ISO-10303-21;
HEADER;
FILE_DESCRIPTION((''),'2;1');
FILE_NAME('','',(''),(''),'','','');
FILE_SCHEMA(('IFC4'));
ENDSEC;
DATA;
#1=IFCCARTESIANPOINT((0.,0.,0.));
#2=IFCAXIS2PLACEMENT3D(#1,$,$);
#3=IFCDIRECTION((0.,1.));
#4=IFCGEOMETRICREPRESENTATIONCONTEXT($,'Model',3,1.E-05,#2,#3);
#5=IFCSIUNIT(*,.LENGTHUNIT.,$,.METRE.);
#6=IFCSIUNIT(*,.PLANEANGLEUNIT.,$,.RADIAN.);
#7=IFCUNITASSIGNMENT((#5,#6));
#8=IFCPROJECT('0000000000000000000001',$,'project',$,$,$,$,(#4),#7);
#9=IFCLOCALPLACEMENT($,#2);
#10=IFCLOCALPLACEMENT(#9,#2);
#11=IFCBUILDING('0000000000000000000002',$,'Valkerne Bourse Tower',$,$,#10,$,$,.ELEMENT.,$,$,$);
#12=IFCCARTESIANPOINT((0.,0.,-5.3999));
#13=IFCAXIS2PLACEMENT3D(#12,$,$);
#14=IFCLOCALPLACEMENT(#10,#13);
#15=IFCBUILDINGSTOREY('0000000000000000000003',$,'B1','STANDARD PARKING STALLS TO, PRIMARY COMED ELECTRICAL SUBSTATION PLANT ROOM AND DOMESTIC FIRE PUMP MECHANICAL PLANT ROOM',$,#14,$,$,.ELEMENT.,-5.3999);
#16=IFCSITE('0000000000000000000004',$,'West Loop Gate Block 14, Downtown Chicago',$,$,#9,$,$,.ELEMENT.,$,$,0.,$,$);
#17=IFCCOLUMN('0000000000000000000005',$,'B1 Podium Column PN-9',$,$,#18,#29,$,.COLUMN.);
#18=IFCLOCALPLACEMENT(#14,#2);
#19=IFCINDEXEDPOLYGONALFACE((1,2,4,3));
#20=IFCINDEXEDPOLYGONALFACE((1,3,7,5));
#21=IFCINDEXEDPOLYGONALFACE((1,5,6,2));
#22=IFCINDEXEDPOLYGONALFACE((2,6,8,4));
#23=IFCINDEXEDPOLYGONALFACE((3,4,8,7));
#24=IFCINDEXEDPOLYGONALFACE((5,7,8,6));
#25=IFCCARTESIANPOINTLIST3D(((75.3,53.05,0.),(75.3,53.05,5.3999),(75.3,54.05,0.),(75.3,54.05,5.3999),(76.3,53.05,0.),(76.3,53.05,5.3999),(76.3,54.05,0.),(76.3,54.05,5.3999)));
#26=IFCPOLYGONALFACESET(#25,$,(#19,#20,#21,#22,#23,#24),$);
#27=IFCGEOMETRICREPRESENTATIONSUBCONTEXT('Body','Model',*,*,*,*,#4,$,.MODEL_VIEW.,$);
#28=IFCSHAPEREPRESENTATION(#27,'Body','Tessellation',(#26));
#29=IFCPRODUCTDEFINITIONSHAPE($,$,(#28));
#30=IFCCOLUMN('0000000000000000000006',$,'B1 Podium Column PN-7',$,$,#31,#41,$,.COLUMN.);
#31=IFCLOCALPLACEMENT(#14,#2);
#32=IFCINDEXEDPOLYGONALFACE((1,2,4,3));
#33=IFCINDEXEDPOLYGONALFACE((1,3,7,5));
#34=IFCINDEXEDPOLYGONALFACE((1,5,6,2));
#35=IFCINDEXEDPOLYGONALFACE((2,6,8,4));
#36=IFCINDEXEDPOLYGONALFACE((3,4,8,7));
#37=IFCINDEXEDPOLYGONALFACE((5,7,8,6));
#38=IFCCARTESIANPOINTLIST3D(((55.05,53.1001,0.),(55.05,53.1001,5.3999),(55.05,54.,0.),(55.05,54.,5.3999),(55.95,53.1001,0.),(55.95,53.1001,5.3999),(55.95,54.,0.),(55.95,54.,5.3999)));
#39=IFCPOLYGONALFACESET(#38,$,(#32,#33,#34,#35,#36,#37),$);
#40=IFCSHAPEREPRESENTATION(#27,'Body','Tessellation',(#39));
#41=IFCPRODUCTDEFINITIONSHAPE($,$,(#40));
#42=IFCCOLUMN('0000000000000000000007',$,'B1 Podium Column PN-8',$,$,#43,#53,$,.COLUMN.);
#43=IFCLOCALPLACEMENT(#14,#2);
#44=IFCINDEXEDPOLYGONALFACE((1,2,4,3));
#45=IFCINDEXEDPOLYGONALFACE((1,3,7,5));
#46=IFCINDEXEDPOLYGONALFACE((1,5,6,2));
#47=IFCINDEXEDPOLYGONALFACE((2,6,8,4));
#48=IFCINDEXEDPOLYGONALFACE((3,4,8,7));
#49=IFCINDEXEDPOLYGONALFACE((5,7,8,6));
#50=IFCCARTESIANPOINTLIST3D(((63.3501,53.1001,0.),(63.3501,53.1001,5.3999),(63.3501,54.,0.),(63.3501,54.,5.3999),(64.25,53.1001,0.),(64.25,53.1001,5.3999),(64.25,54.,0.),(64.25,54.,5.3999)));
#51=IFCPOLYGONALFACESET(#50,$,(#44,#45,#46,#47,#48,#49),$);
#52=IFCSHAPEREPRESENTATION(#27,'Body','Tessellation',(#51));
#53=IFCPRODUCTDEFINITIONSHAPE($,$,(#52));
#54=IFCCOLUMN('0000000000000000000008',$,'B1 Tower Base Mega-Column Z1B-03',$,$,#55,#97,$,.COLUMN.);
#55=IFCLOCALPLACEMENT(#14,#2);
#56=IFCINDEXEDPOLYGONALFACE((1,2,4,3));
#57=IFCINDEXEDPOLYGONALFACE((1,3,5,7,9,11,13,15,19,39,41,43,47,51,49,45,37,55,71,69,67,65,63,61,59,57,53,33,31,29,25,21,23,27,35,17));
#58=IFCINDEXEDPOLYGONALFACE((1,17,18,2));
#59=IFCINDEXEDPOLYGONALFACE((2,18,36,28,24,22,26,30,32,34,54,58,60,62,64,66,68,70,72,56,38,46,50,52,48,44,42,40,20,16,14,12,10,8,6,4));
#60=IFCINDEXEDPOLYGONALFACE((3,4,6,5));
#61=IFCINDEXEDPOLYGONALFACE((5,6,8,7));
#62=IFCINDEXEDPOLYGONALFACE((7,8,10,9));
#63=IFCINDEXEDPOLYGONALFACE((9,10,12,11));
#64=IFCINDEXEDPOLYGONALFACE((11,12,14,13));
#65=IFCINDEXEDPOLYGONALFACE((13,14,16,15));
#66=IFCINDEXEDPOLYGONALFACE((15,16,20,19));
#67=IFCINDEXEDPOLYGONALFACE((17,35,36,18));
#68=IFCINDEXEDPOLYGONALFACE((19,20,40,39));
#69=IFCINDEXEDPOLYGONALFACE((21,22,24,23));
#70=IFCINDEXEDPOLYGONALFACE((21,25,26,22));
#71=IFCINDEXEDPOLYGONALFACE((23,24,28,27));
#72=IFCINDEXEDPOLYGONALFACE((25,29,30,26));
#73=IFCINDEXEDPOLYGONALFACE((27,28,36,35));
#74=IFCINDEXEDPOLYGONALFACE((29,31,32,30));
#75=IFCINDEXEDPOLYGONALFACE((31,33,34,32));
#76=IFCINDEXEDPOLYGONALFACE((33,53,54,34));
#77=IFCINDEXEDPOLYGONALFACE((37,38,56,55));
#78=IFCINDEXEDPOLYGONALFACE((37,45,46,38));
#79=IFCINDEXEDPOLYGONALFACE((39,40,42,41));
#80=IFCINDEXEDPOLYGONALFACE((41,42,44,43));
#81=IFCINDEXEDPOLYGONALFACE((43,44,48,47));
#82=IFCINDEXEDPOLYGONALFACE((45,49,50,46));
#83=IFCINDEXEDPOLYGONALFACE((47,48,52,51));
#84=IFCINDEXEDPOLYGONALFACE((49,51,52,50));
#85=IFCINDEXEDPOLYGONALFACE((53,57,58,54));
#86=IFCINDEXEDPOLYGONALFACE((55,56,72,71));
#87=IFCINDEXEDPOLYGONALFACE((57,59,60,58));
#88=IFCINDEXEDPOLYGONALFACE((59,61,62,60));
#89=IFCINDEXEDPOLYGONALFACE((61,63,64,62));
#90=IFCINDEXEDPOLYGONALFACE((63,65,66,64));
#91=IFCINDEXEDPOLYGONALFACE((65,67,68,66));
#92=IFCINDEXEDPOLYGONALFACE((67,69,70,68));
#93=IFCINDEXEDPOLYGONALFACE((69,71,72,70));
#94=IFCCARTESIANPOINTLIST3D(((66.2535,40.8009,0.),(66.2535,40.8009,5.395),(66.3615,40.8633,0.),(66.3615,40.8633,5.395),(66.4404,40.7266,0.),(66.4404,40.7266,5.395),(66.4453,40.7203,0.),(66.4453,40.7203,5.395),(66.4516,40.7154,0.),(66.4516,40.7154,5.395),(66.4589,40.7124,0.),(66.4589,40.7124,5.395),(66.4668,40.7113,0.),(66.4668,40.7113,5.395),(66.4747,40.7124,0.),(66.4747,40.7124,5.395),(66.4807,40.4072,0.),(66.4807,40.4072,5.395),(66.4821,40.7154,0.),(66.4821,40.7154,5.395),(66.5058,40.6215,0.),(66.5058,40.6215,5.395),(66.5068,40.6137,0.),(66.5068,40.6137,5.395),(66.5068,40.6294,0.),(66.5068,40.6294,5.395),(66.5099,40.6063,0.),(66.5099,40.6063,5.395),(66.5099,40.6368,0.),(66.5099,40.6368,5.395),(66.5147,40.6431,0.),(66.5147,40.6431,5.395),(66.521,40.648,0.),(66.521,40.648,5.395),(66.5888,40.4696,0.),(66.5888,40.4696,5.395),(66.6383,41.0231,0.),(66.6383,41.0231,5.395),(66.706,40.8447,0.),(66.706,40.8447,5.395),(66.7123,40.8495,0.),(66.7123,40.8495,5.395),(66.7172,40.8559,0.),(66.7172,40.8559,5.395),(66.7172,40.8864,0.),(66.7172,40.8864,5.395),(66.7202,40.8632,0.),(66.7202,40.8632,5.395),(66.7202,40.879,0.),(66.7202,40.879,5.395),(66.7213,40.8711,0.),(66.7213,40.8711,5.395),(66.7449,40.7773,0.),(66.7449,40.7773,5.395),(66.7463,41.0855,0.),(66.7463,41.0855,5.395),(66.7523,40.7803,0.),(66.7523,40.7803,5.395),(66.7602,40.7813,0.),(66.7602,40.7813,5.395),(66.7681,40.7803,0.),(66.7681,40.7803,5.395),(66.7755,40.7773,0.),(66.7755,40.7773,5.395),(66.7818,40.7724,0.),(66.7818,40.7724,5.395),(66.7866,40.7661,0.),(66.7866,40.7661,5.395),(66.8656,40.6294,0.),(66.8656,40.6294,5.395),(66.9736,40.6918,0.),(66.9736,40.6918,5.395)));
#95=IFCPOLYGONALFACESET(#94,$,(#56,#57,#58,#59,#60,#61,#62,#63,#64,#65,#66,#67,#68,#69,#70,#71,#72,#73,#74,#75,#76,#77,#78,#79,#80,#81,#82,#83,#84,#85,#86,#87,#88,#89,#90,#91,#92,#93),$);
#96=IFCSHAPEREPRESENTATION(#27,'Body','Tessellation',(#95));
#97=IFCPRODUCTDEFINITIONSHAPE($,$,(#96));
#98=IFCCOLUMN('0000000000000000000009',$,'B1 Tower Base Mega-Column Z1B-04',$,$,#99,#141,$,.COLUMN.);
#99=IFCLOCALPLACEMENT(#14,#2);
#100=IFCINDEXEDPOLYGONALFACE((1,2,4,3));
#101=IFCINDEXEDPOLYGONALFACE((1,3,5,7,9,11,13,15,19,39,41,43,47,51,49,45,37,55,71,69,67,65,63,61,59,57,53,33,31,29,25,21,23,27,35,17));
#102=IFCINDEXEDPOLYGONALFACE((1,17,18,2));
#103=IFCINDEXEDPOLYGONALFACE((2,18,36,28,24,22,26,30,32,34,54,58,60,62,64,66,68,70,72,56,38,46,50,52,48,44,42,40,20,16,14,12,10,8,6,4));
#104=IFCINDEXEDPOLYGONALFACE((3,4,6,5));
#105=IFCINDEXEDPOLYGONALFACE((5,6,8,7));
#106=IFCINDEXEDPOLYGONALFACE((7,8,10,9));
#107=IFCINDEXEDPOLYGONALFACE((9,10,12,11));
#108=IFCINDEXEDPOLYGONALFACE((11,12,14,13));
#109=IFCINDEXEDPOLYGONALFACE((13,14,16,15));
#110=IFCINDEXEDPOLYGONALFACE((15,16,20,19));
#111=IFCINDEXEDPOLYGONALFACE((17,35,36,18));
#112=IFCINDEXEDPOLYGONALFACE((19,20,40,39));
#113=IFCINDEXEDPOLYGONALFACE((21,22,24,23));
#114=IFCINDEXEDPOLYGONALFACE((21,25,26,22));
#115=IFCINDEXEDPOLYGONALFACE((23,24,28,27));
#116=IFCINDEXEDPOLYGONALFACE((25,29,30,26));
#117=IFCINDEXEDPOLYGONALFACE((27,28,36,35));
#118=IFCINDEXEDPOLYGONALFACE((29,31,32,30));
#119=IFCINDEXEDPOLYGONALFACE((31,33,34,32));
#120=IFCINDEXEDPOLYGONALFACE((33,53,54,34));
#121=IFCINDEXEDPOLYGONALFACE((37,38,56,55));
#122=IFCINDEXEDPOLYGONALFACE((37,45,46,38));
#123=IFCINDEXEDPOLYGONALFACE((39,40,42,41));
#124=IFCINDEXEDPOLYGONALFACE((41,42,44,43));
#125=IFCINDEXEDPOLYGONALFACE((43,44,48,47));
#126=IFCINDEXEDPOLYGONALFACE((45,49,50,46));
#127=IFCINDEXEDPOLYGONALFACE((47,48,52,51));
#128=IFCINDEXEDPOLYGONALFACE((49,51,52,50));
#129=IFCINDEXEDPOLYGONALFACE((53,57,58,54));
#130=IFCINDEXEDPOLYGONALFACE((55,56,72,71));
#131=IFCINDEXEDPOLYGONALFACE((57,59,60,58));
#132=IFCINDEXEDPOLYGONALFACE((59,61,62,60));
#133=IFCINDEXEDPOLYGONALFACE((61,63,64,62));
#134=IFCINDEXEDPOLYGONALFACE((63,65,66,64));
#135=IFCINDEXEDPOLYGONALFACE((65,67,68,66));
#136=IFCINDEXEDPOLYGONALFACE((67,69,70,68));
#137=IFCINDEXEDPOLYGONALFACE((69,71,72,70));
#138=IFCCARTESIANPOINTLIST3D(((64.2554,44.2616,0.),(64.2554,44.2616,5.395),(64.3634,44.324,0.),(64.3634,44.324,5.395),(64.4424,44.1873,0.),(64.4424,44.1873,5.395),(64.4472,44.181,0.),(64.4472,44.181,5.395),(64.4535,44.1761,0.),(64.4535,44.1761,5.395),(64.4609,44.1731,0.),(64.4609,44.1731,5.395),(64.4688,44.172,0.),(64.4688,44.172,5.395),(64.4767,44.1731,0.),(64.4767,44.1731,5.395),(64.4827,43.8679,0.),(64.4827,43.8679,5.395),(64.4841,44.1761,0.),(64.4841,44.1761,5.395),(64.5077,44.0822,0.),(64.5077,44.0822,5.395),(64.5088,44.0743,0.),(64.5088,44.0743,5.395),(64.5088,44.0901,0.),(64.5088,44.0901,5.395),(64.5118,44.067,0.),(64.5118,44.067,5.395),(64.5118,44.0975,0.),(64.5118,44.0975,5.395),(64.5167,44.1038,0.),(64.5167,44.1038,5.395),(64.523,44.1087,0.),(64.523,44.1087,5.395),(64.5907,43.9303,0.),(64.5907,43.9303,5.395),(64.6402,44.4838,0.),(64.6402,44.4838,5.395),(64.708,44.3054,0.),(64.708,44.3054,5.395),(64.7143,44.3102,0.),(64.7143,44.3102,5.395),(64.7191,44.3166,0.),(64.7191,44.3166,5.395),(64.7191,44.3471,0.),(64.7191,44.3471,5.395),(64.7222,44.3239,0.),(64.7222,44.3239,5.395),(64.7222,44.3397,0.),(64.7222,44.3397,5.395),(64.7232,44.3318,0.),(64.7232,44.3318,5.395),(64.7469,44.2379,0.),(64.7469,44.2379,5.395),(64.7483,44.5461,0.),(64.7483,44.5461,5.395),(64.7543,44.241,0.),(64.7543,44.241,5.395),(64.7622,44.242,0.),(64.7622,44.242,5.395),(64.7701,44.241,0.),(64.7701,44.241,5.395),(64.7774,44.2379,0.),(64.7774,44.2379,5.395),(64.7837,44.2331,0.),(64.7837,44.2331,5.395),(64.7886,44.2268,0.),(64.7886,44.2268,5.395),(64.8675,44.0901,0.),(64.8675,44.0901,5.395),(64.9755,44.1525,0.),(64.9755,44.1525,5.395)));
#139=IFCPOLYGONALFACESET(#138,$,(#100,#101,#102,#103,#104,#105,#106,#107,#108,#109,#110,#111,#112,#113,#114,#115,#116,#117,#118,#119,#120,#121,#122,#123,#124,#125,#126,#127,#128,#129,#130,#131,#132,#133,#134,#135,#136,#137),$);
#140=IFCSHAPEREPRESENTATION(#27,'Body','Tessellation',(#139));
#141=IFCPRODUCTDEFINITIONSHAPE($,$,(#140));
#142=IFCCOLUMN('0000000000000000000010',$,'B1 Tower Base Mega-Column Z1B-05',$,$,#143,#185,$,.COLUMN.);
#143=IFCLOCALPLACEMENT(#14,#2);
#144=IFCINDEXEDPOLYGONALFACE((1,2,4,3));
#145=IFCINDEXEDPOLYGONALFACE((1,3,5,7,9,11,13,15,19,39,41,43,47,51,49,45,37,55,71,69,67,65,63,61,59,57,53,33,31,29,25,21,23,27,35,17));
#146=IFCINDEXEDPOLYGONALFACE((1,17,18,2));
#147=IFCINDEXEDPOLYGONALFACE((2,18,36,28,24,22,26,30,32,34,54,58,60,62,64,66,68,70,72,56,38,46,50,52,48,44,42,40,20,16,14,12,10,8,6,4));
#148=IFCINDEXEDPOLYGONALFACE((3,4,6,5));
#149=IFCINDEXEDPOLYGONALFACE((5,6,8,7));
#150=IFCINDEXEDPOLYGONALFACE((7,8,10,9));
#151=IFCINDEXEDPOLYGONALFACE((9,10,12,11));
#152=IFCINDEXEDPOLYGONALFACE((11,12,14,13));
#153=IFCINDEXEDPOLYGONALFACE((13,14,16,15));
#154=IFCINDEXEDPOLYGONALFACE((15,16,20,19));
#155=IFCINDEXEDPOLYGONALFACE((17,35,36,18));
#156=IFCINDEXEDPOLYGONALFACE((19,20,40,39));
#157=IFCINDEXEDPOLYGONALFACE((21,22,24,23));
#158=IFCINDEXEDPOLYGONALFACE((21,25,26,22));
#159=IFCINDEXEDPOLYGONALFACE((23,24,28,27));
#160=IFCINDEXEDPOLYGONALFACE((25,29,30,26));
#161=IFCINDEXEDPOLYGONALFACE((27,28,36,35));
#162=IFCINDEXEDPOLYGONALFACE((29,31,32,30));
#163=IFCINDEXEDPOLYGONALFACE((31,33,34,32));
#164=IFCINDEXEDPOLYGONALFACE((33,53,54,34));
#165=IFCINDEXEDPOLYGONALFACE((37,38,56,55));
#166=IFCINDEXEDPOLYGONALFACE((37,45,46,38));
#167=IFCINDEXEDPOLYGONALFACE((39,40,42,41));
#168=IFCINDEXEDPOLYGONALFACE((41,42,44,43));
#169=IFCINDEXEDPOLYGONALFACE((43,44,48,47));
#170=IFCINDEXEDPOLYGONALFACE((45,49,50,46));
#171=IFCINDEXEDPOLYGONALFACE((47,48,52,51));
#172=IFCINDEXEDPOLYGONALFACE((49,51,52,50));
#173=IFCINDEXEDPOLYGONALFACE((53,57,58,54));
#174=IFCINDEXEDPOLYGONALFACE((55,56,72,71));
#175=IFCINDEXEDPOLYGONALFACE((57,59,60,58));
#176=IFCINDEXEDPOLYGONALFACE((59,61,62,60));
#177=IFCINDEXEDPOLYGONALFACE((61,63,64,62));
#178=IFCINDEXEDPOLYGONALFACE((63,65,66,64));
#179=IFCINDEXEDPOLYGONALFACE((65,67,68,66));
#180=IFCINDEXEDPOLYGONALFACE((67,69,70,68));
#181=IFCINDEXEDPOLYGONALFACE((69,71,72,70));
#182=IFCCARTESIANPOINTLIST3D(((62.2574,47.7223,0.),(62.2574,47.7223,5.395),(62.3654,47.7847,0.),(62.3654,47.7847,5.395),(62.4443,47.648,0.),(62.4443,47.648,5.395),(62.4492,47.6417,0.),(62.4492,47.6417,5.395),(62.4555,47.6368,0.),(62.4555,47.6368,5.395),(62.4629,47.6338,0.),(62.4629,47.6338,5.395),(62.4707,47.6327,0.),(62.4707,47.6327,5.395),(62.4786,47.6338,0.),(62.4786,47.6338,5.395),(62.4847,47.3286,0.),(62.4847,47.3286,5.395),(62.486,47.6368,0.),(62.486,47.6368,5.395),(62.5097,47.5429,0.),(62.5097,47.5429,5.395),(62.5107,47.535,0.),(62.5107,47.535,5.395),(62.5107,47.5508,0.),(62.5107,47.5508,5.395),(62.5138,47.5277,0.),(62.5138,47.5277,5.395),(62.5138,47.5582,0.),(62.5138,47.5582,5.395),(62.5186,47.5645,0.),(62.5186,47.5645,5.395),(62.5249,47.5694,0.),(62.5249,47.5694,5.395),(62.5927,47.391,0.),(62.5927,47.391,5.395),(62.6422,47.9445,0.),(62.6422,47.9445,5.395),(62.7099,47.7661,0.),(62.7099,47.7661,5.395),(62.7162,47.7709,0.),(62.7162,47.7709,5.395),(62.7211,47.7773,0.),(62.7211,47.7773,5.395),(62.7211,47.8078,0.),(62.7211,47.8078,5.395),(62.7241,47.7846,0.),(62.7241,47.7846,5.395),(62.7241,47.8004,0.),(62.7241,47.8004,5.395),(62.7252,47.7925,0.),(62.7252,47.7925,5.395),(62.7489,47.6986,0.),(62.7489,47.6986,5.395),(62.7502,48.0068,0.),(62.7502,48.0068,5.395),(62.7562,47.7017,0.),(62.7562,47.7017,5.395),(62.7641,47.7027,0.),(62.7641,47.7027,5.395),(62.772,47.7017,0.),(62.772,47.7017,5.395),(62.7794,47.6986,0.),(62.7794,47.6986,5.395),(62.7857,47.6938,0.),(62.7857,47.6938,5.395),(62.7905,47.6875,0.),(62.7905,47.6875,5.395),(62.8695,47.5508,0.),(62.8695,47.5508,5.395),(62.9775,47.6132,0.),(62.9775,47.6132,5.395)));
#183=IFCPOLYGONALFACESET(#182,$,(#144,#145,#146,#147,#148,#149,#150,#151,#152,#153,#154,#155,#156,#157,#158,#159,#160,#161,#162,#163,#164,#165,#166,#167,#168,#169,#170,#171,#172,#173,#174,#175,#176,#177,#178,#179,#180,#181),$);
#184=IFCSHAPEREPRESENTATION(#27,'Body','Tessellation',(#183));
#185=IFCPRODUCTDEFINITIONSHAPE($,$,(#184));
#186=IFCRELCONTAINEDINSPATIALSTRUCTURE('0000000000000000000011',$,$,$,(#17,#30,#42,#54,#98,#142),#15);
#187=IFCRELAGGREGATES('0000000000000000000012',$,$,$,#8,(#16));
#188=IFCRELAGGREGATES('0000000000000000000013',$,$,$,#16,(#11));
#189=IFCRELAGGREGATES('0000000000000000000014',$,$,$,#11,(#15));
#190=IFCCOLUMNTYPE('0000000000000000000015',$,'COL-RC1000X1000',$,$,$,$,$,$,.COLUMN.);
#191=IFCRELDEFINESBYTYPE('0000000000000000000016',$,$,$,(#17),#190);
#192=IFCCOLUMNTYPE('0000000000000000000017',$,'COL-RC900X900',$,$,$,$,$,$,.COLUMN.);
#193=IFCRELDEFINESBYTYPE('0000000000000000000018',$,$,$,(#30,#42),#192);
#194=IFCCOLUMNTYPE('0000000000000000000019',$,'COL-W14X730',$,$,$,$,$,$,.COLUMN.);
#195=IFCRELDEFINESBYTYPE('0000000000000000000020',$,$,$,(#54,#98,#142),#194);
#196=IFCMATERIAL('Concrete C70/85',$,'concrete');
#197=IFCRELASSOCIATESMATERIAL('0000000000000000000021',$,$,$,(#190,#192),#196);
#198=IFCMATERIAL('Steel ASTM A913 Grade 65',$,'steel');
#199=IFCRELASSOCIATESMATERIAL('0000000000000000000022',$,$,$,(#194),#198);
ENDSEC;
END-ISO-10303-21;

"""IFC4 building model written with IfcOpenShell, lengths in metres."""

from ifc_helpers import new_model, si_unit, direction, frame, origin, origin_2d, place, context, subcontext, project, spatial, rectangle, i_section, extrude, material, material_profile, profile_set, type_object, element, save


model = new_model("IFC4")

# Units and contexts
model_context = context("Model", 3, precision=1e-05, world=origin(), true_north=direction((0.0, 1.0)))
body_context = subcontext(model_context, "Body", "Model", "MODEL_VIEW")
ifc_project = project(units=[si_unit("LENGTHUNIT", "METRE"), si_unit("PLANEANGLEUNIT", "RADIAN")], contexts=[model_context])

# Site, building, storey
site_placement = place(None, origin())
site = spatial("IfcSite", under=ifc_project, at=site_placement, Name="West Loop Gate Block 14, Downtown Chicago", CompositionType="ELEMENT", RefElevation=0.0)
building_placement = place(site_placement, origin())
building = spatial("IfcBuilding", under=site, at=building_placement, Name="Valkerne Bourse Tower", CompositionType="ELEMENT")
storey_placement = place(building_placement, frame((0.0, 0.0, -5.3999)))
storey = spatial("IfcBuildingStorey", under=building, at=storey_placement, Name="B1", Description="STANDARD PARKING STALLS TO, PRIMARY COMED ELECTRICAL SUBSTATION PLANT ROOM AND DOMESTIC FIRE PUMP MECHANICAL PLANT ROOM", CompositionType="ELEMENT", Elevation=-5.3999)

# Columns
ifc_material_1 = material(Name="Concrete C70/85", Category="concrete")
ifc_material_profile_1 = material_profile(ifc_material_1, rectangle(XDim=1.0, YDim=1.0, at=origin_2d()), Name="RC1000X1000")
ifc_profile_set_1 = profile_set([ifc_material_profile_1], Name="Concrete C70/85")
column_type_1 = type_object("IfcColumnType", Name="COL-RC1000X1000", PredefinedType="COLUMN", material=ifc_profile_set_1)
column_placement = place(storey_placement, frame((75.8, 53.55, 0.0), z_axis=(0.0, 0.0, 1.0), x_axis=(1.0, 0.0, 0.0)))
element("IfcColumn", 1, at=column_placement, inside=storey, type_object=column_type_1, Name="B1 Podium Column PN-9", PredefinedType="COLUMN", context=body_context, shape_type="SweptSolid", body=[
    extrude(rectangle(XDim=1.0, YDim=1.0, at=origin_2d()), origin(), (0.0, 0.0, 1.0), 5.3999),
])
ifc_material_profile_2 = material_profile(ifc_material_1, rectangle(XDim=0.8999, YDim=0.8999, at=origin_2d()), Name="RC900X900")
ifc_profile_set_2 = profile_set([ifc_material_profile_2], Name="Concrete C70/85")
column_type_2 = type_object("IfcColumnType", Name="COL-RC900X900", PredefinedType="COLUMN", material=ifc_profile_set_2)
for number, where, z_axis, x_axis, name in (
    (2, (55.5, 53.55, 0.0), (0.0, 0.0, 1.0), (1.0, 0.0, 0.0), "B1 Podium Column PN-7"),
    (3, (63.8, 53.55, 0.0), (0.0, 0.0, 1.0), (1.0, 0.0, 0.0), "B1 Podium Column PN-8"),
):
    element("IfcColumn", number, at=place(storey_placement, frame(where, z_axis=z_axis, x_axis=x_axis)), inside=storey, type_object=column_type_2, Name=name, PredefinedType="COLUMN", context=body_context, shape_type="SweptSolid", body=[
        extrude(rectangle(XDim=0.8999, YDim=0.8999, at=origin_2d()), origin(), (0.0, 0.0, 1.0), 5.3999),
    ])
ifc_material_2 = material(Name="Steel ASTM A913 Grade 65", Category="steel")
ifc_material_profile_3 = material_profile(ifc_material_2, i_section(OverallWidth=0.4546, OverallDepth=0.5691, WebThickness=0.0779, FlangeThickness=0.1248, FilletRadius=0.0305, at=origin_2d()), Name="W14X730")
ifc_profile_set_3 = profile_set([ifc_material_profile_3], Name="Steel ASTM A913 Grade 65")
column_type_3 = type_object("IfcColumnType", Name="COL-W14X730", PredefinedType="COLUMN", material=ifc_profile_set_3)
for number, where, z_axis, x_axis, name in (
    (4, (66.6135, 40.7463, 0.0), (0.0, 0.0, 1.0), (-0.5, 0.866025, 0.0), "B1 Tower Base Mega-Column Z1B-03"),
    (5, (64.6155, 44.207, 0.0), (0.0, 0.0, 1.0), (-0.5, 0.866025, 0.0), "B1 Tower Base Mega-Column Z1B-04"),
    (6, (62.6174, 47.6677, 0.0), (0.0, 0.0, 1.0), (-0.5, 0.866025, 0.0), "B1 Tower Base Mega-Column Z1B-05"),
):
    element("IfcColumn", number, at=place(storey_placement, frame(where, z_axis=z_axis, x_axis=x_axis)), inside=storey, type_object=column_type_3, Name=name, PredefinedType="COLUMN", context=body_context, shape_type="SweptSolid", body=[
        extrude(i_section(OverallWidth=0.4546, OverallDepth=0.5691, WebThickness=0.0779, FlangeThickness=0.1248, FilletRadius=0.0305, at=origin_2d()), origin(), (0.0, 0.0, 1.0), 5.395),
    ])

save(model, "model.ifc")
